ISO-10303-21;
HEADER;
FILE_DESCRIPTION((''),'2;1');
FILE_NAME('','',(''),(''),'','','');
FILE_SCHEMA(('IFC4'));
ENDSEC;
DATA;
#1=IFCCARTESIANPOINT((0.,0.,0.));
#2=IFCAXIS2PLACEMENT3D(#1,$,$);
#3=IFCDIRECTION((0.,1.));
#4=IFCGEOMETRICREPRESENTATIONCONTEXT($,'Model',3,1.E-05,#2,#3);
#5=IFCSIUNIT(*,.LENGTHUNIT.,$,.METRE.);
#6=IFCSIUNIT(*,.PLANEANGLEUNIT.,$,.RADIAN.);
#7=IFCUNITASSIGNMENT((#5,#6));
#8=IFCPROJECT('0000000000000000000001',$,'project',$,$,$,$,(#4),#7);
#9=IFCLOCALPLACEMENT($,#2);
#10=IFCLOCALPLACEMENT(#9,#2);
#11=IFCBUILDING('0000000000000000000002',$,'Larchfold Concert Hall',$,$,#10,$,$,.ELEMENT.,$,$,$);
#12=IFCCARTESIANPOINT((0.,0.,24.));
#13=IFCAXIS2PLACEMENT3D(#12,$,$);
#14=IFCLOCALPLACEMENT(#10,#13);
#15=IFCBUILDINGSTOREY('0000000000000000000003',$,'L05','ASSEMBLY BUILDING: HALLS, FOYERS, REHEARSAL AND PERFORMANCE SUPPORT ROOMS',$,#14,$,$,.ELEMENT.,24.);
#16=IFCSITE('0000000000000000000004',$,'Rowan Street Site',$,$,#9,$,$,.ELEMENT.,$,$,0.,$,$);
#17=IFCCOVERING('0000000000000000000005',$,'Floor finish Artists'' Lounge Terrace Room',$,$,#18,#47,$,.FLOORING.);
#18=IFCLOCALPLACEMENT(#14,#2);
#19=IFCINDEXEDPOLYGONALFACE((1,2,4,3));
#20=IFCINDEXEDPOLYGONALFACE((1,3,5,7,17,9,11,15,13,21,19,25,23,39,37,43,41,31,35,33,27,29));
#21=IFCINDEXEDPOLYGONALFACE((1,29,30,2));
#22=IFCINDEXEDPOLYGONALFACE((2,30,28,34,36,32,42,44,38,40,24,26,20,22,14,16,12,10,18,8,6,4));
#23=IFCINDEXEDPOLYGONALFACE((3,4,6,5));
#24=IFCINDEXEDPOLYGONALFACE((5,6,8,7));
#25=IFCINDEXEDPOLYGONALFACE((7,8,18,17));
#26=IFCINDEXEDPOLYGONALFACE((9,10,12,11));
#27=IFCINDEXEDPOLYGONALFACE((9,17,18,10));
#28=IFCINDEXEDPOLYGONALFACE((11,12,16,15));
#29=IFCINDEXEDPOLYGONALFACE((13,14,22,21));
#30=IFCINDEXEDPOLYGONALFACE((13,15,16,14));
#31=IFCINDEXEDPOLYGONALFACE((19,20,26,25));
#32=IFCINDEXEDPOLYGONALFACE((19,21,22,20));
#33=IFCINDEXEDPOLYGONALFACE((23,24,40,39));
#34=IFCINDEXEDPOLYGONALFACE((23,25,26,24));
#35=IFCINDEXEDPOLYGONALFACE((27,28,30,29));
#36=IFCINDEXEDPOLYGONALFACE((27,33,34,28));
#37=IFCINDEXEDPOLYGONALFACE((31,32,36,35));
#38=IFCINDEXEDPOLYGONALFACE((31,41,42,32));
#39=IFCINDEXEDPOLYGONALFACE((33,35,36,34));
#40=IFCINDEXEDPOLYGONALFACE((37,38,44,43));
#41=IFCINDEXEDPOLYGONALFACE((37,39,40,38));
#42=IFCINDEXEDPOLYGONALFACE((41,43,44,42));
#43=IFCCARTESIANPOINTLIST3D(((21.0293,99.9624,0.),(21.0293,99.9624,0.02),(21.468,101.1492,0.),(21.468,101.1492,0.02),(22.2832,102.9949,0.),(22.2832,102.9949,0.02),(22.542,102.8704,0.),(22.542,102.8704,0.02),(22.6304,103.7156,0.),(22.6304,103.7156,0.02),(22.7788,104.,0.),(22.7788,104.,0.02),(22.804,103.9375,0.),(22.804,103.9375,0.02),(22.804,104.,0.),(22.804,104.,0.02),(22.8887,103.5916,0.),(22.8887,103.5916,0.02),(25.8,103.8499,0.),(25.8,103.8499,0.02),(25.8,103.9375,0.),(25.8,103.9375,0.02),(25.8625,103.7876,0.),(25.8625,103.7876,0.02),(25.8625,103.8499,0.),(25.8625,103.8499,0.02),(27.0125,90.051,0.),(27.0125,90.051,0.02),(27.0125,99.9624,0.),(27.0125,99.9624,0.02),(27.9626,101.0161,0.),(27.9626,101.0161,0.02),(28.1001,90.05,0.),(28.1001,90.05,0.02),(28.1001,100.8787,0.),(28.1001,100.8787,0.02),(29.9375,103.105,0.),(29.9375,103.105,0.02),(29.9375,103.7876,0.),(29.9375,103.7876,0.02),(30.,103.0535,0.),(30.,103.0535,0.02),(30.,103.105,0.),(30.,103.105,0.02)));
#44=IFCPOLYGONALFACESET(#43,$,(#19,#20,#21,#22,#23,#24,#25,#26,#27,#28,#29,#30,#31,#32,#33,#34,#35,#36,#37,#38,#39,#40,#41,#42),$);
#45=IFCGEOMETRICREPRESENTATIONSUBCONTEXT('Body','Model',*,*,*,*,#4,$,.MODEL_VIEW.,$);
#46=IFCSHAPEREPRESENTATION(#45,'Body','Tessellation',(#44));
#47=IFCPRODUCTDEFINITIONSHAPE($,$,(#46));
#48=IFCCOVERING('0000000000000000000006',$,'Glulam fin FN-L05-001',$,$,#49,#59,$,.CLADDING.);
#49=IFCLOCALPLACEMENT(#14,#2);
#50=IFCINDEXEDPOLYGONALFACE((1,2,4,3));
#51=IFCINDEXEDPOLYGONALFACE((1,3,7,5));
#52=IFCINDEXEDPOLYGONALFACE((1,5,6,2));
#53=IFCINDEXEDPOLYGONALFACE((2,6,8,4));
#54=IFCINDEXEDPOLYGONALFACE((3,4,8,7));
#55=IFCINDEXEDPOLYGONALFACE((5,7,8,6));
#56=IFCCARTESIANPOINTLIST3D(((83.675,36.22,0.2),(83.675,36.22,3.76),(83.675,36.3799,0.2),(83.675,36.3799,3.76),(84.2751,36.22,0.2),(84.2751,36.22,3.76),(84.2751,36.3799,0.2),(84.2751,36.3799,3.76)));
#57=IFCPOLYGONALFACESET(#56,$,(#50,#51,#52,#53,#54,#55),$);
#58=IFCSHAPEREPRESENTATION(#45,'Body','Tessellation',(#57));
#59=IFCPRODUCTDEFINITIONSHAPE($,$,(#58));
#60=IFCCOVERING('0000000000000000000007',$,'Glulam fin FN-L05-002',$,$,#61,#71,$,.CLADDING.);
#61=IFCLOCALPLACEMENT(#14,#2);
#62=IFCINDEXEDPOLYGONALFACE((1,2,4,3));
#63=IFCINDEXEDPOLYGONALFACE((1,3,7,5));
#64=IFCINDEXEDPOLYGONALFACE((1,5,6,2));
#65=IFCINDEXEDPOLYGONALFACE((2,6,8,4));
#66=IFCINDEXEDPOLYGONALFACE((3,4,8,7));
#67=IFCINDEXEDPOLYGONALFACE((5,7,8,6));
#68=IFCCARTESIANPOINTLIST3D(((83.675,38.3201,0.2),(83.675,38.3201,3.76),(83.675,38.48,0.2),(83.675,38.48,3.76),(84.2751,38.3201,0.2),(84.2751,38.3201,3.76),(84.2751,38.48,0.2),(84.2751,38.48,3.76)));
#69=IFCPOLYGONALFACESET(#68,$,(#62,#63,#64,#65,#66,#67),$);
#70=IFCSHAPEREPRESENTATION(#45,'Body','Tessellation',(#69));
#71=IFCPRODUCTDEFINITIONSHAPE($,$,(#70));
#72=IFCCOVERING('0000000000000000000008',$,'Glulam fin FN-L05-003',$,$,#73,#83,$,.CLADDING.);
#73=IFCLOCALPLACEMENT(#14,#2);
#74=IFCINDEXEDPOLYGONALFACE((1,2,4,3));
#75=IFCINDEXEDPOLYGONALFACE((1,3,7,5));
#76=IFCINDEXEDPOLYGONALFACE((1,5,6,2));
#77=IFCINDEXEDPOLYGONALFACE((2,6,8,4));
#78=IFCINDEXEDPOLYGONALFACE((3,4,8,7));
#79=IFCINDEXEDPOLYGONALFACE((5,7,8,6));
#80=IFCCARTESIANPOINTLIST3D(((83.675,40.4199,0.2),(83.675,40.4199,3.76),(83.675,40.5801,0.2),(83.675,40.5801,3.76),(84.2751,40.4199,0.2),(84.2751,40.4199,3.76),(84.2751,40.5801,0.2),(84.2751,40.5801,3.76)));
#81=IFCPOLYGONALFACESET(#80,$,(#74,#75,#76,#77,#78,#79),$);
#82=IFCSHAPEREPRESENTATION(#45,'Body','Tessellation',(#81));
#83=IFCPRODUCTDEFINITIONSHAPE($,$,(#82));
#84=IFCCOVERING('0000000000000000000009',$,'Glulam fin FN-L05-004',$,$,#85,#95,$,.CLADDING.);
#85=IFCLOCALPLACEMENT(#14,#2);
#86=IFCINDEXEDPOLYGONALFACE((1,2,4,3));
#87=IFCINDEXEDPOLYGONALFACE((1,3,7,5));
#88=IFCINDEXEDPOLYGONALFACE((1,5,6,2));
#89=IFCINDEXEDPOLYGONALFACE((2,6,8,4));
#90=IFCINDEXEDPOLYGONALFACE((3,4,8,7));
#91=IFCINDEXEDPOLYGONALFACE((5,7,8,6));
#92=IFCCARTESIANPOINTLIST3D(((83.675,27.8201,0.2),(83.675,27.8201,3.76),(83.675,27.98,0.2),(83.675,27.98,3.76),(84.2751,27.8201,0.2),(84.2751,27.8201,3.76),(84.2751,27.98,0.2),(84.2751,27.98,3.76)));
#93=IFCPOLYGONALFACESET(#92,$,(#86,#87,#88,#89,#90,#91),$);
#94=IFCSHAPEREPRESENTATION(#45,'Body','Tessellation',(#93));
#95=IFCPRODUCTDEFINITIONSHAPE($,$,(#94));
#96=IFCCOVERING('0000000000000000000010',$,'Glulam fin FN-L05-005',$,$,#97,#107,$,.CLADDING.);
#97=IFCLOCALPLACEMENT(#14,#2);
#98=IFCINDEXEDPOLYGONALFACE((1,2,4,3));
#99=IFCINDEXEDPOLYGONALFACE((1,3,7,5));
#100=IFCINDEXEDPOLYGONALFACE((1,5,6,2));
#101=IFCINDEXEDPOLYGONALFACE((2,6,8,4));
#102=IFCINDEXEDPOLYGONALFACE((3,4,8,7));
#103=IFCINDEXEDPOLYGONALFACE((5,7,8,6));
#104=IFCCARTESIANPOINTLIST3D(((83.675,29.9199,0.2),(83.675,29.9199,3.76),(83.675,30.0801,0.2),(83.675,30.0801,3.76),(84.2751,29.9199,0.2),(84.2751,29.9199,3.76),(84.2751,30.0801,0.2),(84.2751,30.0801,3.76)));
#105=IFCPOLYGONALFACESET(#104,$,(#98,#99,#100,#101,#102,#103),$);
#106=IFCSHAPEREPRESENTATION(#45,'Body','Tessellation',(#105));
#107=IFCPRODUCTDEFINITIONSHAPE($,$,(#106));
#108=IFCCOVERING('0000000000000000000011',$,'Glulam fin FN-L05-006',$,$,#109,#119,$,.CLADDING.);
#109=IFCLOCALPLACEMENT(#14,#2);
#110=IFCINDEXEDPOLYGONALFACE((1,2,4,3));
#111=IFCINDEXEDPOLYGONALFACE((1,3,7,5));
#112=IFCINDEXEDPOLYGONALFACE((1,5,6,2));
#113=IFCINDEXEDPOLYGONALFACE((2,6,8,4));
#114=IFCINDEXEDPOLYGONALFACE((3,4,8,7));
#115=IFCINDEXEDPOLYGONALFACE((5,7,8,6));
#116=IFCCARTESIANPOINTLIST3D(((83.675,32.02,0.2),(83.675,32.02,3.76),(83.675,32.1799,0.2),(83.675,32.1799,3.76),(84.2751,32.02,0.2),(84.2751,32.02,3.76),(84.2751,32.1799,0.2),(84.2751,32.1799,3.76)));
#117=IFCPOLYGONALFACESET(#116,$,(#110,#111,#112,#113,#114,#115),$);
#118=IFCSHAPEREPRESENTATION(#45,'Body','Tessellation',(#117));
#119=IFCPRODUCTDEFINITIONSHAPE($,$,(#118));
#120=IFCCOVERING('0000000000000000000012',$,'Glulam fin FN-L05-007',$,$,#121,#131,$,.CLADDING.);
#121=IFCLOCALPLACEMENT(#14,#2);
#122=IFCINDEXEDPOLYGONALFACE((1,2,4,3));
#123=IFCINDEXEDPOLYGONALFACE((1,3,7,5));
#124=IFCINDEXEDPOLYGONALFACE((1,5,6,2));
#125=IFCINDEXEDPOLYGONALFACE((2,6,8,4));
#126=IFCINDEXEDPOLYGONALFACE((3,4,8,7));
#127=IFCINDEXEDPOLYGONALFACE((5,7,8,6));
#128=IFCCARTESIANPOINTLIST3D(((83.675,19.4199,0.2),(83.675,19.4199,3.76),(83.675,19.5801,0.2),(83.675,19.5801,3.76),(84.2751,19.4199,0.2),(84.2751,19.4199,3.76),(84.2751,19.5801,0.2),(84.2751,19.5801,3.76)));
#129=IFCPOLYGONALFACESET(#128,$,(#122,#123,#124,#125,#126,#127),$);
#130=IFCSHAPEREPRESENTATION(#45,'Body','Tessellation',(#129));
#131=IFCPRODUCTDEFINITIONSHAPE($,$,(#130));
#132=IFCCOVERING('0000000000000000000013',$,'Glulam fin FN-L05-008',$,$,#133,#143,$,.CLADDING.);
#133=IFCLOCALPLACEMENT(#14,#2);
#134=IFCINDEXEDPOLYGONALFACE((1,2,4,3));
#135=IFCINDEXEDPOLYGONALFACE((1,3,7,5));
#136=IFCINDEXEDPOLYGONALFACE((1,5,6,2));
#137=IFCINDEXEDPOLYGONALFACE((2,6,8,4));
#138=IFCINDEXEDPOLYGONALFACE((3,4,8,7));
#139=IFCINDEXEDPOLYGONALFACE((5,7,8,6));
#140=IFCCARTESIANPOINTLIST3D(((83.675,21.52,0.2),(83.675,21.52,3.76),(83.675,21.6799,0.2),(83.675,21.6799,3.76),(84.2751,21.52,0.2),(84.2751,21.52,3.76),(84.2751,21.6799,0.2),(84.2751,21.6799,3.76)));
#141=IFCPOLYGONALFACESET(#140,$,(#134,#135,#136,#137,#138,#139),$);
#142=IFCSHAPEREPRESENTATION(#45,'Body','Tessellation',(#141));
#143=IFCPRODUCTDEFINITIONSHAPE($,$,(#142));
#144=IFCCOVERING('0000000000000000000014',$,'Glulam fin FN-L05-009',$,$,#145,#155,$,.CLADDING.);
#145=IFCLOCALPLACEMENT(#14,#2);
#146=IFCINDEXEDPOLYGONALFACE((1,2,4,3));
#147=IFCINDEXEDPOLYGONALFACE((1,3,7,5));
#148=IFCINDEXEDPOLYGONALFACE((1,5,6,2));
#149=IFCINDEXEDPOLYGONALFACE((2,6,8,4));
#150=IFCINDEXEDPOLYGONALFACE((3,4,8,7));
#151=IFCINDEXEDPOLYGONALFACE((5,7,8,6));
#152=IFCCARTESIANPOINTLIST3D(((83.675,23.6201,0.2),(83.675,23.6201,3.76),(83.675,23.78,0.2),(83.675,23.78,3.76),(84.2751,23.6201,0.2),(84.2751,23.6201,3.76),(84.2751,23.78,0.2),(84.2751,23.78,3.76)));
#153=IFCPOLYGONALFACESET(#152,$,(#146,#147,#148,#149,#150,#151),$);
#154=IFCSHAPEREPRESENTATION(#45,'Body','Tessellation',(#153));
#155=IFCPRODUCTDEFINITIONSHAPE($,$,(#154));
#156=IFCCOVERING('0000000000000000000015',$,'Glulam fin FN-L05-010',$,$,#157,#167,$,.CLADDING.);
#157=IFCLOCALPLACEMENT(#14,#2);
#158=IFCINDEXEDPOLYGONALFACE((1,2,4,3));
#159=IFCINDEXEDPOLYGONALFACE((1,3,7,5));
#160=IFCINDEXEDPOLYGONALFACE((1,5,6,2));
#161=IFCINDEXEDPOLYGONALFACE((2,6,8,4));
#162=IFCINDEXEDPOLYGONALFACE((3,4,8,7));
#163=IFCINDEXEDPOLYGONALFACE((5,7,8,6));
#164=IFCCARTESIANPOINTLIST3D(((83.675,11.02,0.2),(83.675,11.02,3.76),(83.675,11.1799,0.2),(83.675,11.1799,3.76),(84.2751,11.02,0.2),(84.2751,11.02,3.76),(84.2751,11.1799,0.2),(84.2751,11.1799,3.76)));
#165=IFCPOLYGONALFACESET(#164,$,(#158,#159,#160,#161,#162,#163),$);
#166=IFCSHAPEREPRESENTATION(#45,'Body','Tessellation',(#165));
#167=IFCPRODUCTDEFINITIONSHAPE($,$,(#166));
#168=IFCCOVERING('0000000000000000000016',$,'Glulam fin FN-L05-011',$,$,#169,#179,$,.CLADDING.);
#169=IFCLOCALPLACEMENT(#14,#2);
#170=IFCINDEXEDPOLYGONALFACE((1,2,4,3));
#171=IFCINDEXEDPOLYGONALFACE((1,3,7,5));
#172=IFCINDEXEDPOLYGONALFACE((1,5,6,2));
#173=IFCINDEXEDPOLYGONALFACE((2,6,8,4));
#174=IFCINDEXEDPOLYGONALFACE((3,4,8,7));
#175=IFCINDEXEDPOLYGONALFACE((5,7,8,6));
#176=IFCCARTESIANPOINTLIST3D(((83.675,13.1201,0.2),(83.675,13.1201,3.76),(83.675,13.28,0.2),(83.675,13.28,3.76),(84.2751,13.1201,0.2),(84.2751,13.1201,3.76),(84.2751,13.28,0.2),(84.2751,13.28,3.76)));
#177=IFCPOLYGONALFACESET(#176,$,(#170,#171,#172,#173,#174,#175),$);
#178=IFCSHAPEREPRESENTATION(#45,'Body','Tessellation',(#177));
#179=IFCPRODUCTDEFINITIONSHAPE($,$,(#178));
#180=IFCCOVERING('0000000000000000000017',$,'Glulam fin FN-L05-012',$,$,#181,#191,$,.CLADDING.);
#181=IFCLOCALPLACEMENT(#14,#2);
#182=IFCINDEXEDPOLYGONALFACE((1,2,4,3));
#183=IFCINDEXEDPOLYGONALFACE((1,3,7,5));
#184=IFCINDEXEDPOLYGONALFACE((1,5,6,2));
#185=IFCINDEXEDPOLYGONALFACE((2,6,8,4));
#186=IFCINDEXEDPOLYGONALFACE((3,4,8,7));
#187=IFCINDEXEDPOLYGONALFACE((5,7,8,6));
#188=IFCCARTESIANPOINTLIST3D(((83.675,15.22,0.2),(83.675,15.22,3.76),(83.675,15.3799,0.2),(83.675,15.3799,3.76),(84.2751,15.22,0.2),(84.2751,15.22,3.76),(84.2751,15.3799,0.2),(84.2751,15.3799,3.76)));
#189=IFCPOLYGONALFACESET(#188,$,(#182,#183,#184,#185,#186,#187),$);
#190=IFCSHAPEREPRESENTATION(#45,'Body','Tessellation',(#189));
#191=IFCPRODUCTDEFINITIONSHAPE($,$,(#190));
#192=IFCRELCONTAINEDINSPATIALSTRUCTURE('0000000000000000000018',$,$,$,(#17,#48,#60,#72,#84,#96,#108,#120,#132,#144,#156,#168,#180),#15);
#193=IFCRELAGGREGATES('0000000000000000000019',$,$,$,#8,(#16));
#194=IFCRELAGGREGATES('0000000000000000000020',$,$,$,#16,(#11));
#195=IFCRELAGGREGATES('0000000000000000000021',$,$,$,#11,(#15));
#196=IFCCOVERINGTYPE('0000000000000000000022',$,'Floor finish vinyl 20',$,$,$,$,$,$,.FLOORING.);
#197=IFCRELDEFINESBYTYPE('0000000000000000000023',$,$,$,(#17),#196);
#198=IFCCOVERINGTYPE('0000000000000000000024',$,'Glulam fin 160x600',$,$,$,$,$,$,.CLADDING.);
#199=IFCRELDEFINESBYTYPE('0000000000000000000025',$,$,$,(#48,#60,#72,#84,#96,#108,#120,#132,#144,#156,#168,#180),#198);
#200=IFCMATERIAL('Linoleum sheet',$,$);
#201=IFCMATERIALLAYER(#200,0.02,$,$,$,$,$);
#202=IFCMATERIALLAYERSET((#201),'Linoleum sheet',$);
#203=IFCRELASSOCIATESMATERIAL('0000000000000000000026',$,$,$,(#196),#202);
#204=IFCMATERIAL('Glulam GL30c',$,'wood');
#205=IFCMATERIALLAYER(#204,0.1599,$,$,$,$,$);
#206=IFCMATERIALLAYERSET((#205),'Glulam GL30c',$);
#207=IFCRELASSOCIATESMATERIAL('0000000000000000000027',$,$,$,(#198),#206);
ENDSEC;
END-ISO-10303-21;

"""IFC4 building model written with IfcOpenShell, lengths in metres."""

from ifc_helpers import new_model, si_unit, direction, frame, origin, place, context, subcontext, project, spatial, polyline, outline, extrude, material, layer, layer_set, type_object, element, save


model = new_model("IFC4")

# Units and contexts
model_context = context("Model", 3, precision=1e-05, world=origin(), true_north=direction((0.0, 1.0)))
body_context = subcontext(model_context, "Body", "Model", "MODEL_VIEW")
ifc_project = project(units=[si_unit("LENGTHUNIT", "METRE"), si_unit("PLANEANGLEUNIT", "RADIAN")], contexts=[model_context])

# Site, building, storey
site_placement = place(None, origin())
site = spatial("IfcSite", under=ifc_project, at=site_placement, Name="Rowan Street Site", CompositionType="ELEMENT", RefElevation=0.0)
building_placement = place(site_placement, origin())
building = spatial("IfcBuilding", under=site, at=building_placement, Name="Larchfold Concert Hall", CompositionType="ELEMENT")
storey_placement = place(building_placement, frame((0.0, 0.0, 24.0)))
storey = spatial("IfcBuildingStorey", under=building, at=storey_placement, Name="L05", Description="ASSEMBLY BUILDING: HALLS, FOYERS, REHEARSAL AND PERFORMANCE SUPPORT ROOMS", CompositionType="ELEMENT", Elevation=24.0)

# Coverings
ifc_material_1 = material(Name="Linoleum sheet")
ifc_layer_1 = layer(ifc_material_1, 0.02)
ifc_layer_set_1 = layer_set([ifc_layer_1], Name="Linoleum sheet")
covering_type_1 = type_object("IfcCoveringType", Name="Floor finish vinyl 20", PredefinedType="FLOORING", material=ifc_layer_set_1)
covering_1_placement = place(storey_placement, origin())
element("IfcCovering", 1, at=covering_1_placement, inside=storey, type_object=covering_type_1, Name="Floor finish Artists' Lounge Terrace Room", PredefinedType="FLOORING", context=body_context, shape_type="SweptSolid", body=[
    extrude(outline(polyline([(26.9497, 90.051), (28.1001, 90.05), (28.1001, 100.8787), (27.9626, 101.0161), (30.0, 103.0535), (30.0, 103.105), (29.9375, 103.105), (29.9375, 103.7876), (25.8625, 103.7876), (25.8625, 103.8499), (25.8, 103.8499), (25.8, 103.9375), (22.804, 103.9375), (22.804, 104.0), (22.7788, 104.0), (22.6304, 103.7156), (22.8887, 103.5916), (22.542, 102.8704), (22.2832, 102.9949), (21.468, 101.1492), (21.0293, 99.9624), (27.0125, 99.9624), (27.0125, 90.051), (26.9497, 90.051)])), origin(), (0.0, 0.0, 1.0), 0.02),
])
ifc_material_2 = material(Name="Glulam GL30c", Category="wood")
ifc_layer_2 = layer(ifc_material_2, 0.1599)
ifc_layer_set_2 = layer_set([ifc_layer_2], Name="Glulam GL30c")
covering_type_2 = type_object("IfcCoveringType", Name="Glulam fin 160x600", PredefinedType="CLADDING", material=ifc_layer_set_2)
covering_2_placement = place(storey_placement, frame((0.0, 0.0, 0.2)))
element("IfcCovering", 2, at=covering_2_placement, inside=storey, type_object=covering_type_2, Name="Glulam fin FN-L05-001", PredefinedType="CLADDING", context=body_context, shape_type="SweptSolid", body=[
    extrude(outline(polyline([(84.2751, 36.22), (84.2751, 36.3799), (83.675, 36.3799), (83.675, 36.22), (84.2751, 36.22)])), origin(), (0.0, 0.0, 1.0), 3.5601),
])
covering_3_placement = place(storey_placement, frame((0.0, 0.0, 0.2)))
element("IfcCovering", 3, at=covering_3_placement, inside=storey, type_object=covering_type_2, Name="Glulam fin FN-L05-002", PredefinedType="CLADDING", context=body_context, shape_type="SweptSolid", body=[
    extrude(outline(polyline([(84.2751, 38.3201), (84.2751, 38.48), (83.675, 38.48), (83.675, 38.3201), (84.2751, 38.3201)])), origin(), (0.0, 0.0, 1.0), 3.5601),
])
covering_4_placement = place(storey_placement, frame((0.0, 0.0, 0.2)))
element("IfcCovering", 4, at=covering_4_placement, inside=storey, type_object=covering_type_2, Name="Glulam fin FN-L05-003", PredefinedType="CLADDING", context=body_context, shape_type="SweptSolid", body=[
    extrude(outline(polyline([(84.2751, 40.4199), (84.2751, 40.5801), (83.675, 40.5801), (83.675, 40.4199), (84.2751, 40.4199)])), origin(), (0.0, 0.0, 1.0), 3.5601),
])
covering_5_placement = place(storey_placement, frame((0.0, 0.0, 0.2)))
element("IfcCovering", 5, at=covering_5_placement, inside=storey, type_object=covering_type_2, Name="Glulam fin FN-L05-004", PredefinedType="CLADDING", context=body_context, shape_type="SweptSolid", body=[
    extrude(outline(polyline([(84.2751, 27.8201), (84.2751, 27.98), (83.675, 27.98), (83.675, 27.8201), (84.2751, 27.8201)])), origin(), (0.0, 0.0, 1.0), 3.5601),
])
covering_6_placement = place(storey_placement, frame((0.0, 0.0, 0.2)))
element("IfcCovering", 6, at=covering_6_placement, inside=storey, type_object=covering_type_2, Name="Glulam fin FN-L05-005", PredefinedType="CLADDING", context=body_context, shape_type="SweptSolid", body=[
    extrude(outline(polyline([(84.2751, 29.9199), (84.2751, 30.0801), (83.675, 30.0801), (83.675, 29.9199), (84.2751, 29.9199)])), origin(), (0.0, 0.0, 1.0), 3.5601),
])
covering_7_placement = place(storey_placement, frame((0.0, 0.0, 0.2)))
element("IfcCovering", 7, at=covering_7_placement, inside=storey, type_object=covering_type_2, Name="Glulam fin FN-L05-006", PredefinedType="CLADDING", context=body_context, shape_type="SweptSolid", body=[
    extrude(outline(polyline([(84.2751, 32.02), (84.2751, 32.1799), (83.675, 32.1799), (83.675, 32.02), (84.2751, 32.02)])), origin(), (0.0, 0.0, 1.0), 3.5601),
])
covering_8_placement = place(storey_placement, frame((0.0, 0.0, 0.2)))
element("IfcCovering", 8, at=covering_8_placement, inside=storey, type_object=covering_type_2, Name="Glulam fin FN-L05-007", PredefinedType="CLADDING", context=body_context, shape_type="SweptSolid", body=[
    extrude(outline(polyline([(84.2751, 19.4199), (84.2751, 19.5801), (83.675, 19.5801), (83.675, 19.4199), (84.2751, 19.4199)])), origin(), (0.0, 0.0, 1.0), 3.5601),
])
covering_9_placement = place(storey_placement, frame((0.0, 0.0, 0.2)))
element("IfcCovering", 9, at=covering_9_placement, inside=storey, type_object=covering_type_2, Name="Glulam fin FN-L05-008", PredefinedType="CLADDING", context=body_context, shape_type="SweptSolid", body=[
    extrude(outline(polyline([(84.2751, 21.52), (84.2751, 21.6799), (83.675, 21.6799), (83.675, 21.52), (84.2751, 21.52)])), origin(), (0.0, 0.0, 1.0), 3.5601),
])
covering_10_placement = place(storey_placement, frame((0.0, 0.0, 0.2)))
element("IfcCovering", 10, at=covering_10_placement, inside=storey, type_object=covering_type_2, Name="Glulam fin FN-L05-009", PredefinedType="CLADDING", context=body_context, shape_type="SweptSolid", body=[
    extrude(outline(polyline([(84.2751, 23.6201), (84.2751, 23.78), (83.675, 23.78), (83.675, 23.6201), (84.2751, 23.6201)])), origin(), (0.0, 0.0, 1.0), 3.5601),
])
covering_11_placement = place(storey_placement, frame((0.0, 0.0, 0.2)))
element("IfcCovering", 11, at=covering_11_placement, inside=storey, type_object=covering_type_2, Name="Glulam fin FN-L05-010", PredefinedType="CLADDING", context=body_context, shape_type="SweptSolid", body=[
    extrude(outline(polyline([(84.2751, 11.02), (84.2751, 11.1799), (83.675, 11.1799), (83.675, 11.02), (84.2751, 11.02)])), origin(), (0.0, 0.0, 1.0), 3.5601),
])
covering_12_placement = place(storey_placement, frame((0.0, 0.0, 0.2)))
element("IfcCovering", 12, at=covering_12_placement, inside=storey, type_object=covering_type_2, Name="Glulam fin FN-L05-011", PredefinedType="CLADDING", context=body_context, shape_type="SweptSolid", body=[
    extrude(outline(polyline([(84.2751, 13.1201), (84.2751, 13.28), (83.675, 13.28), (83.675, 13.1201), (84.2751, 13.1201)])), origin(), (0.0, 0.0, 1.0), 3.5601),
])
covering_13_placement = place(storey_placement, frame((0.0, 0.0, 0.2)))
element("IfcCovering", 13, at=covering_13_placement, inside=storey, type_object=covering_type_2, Name="Glulam fin FN-L05-012", PredefinedType="CLADDING", context=body_context, shape_type="SweptSolid", body=[
    extrude(outline(polyline([(84.2751, 15.22), (84.2751, 15.3799), (83.675, 15.3799), (83.675, 15.22), (84.2751, 15.22)])), origin(), (0.0, 0.0, 1.0), 3.5601),
])

save(model, "model.ifc")
